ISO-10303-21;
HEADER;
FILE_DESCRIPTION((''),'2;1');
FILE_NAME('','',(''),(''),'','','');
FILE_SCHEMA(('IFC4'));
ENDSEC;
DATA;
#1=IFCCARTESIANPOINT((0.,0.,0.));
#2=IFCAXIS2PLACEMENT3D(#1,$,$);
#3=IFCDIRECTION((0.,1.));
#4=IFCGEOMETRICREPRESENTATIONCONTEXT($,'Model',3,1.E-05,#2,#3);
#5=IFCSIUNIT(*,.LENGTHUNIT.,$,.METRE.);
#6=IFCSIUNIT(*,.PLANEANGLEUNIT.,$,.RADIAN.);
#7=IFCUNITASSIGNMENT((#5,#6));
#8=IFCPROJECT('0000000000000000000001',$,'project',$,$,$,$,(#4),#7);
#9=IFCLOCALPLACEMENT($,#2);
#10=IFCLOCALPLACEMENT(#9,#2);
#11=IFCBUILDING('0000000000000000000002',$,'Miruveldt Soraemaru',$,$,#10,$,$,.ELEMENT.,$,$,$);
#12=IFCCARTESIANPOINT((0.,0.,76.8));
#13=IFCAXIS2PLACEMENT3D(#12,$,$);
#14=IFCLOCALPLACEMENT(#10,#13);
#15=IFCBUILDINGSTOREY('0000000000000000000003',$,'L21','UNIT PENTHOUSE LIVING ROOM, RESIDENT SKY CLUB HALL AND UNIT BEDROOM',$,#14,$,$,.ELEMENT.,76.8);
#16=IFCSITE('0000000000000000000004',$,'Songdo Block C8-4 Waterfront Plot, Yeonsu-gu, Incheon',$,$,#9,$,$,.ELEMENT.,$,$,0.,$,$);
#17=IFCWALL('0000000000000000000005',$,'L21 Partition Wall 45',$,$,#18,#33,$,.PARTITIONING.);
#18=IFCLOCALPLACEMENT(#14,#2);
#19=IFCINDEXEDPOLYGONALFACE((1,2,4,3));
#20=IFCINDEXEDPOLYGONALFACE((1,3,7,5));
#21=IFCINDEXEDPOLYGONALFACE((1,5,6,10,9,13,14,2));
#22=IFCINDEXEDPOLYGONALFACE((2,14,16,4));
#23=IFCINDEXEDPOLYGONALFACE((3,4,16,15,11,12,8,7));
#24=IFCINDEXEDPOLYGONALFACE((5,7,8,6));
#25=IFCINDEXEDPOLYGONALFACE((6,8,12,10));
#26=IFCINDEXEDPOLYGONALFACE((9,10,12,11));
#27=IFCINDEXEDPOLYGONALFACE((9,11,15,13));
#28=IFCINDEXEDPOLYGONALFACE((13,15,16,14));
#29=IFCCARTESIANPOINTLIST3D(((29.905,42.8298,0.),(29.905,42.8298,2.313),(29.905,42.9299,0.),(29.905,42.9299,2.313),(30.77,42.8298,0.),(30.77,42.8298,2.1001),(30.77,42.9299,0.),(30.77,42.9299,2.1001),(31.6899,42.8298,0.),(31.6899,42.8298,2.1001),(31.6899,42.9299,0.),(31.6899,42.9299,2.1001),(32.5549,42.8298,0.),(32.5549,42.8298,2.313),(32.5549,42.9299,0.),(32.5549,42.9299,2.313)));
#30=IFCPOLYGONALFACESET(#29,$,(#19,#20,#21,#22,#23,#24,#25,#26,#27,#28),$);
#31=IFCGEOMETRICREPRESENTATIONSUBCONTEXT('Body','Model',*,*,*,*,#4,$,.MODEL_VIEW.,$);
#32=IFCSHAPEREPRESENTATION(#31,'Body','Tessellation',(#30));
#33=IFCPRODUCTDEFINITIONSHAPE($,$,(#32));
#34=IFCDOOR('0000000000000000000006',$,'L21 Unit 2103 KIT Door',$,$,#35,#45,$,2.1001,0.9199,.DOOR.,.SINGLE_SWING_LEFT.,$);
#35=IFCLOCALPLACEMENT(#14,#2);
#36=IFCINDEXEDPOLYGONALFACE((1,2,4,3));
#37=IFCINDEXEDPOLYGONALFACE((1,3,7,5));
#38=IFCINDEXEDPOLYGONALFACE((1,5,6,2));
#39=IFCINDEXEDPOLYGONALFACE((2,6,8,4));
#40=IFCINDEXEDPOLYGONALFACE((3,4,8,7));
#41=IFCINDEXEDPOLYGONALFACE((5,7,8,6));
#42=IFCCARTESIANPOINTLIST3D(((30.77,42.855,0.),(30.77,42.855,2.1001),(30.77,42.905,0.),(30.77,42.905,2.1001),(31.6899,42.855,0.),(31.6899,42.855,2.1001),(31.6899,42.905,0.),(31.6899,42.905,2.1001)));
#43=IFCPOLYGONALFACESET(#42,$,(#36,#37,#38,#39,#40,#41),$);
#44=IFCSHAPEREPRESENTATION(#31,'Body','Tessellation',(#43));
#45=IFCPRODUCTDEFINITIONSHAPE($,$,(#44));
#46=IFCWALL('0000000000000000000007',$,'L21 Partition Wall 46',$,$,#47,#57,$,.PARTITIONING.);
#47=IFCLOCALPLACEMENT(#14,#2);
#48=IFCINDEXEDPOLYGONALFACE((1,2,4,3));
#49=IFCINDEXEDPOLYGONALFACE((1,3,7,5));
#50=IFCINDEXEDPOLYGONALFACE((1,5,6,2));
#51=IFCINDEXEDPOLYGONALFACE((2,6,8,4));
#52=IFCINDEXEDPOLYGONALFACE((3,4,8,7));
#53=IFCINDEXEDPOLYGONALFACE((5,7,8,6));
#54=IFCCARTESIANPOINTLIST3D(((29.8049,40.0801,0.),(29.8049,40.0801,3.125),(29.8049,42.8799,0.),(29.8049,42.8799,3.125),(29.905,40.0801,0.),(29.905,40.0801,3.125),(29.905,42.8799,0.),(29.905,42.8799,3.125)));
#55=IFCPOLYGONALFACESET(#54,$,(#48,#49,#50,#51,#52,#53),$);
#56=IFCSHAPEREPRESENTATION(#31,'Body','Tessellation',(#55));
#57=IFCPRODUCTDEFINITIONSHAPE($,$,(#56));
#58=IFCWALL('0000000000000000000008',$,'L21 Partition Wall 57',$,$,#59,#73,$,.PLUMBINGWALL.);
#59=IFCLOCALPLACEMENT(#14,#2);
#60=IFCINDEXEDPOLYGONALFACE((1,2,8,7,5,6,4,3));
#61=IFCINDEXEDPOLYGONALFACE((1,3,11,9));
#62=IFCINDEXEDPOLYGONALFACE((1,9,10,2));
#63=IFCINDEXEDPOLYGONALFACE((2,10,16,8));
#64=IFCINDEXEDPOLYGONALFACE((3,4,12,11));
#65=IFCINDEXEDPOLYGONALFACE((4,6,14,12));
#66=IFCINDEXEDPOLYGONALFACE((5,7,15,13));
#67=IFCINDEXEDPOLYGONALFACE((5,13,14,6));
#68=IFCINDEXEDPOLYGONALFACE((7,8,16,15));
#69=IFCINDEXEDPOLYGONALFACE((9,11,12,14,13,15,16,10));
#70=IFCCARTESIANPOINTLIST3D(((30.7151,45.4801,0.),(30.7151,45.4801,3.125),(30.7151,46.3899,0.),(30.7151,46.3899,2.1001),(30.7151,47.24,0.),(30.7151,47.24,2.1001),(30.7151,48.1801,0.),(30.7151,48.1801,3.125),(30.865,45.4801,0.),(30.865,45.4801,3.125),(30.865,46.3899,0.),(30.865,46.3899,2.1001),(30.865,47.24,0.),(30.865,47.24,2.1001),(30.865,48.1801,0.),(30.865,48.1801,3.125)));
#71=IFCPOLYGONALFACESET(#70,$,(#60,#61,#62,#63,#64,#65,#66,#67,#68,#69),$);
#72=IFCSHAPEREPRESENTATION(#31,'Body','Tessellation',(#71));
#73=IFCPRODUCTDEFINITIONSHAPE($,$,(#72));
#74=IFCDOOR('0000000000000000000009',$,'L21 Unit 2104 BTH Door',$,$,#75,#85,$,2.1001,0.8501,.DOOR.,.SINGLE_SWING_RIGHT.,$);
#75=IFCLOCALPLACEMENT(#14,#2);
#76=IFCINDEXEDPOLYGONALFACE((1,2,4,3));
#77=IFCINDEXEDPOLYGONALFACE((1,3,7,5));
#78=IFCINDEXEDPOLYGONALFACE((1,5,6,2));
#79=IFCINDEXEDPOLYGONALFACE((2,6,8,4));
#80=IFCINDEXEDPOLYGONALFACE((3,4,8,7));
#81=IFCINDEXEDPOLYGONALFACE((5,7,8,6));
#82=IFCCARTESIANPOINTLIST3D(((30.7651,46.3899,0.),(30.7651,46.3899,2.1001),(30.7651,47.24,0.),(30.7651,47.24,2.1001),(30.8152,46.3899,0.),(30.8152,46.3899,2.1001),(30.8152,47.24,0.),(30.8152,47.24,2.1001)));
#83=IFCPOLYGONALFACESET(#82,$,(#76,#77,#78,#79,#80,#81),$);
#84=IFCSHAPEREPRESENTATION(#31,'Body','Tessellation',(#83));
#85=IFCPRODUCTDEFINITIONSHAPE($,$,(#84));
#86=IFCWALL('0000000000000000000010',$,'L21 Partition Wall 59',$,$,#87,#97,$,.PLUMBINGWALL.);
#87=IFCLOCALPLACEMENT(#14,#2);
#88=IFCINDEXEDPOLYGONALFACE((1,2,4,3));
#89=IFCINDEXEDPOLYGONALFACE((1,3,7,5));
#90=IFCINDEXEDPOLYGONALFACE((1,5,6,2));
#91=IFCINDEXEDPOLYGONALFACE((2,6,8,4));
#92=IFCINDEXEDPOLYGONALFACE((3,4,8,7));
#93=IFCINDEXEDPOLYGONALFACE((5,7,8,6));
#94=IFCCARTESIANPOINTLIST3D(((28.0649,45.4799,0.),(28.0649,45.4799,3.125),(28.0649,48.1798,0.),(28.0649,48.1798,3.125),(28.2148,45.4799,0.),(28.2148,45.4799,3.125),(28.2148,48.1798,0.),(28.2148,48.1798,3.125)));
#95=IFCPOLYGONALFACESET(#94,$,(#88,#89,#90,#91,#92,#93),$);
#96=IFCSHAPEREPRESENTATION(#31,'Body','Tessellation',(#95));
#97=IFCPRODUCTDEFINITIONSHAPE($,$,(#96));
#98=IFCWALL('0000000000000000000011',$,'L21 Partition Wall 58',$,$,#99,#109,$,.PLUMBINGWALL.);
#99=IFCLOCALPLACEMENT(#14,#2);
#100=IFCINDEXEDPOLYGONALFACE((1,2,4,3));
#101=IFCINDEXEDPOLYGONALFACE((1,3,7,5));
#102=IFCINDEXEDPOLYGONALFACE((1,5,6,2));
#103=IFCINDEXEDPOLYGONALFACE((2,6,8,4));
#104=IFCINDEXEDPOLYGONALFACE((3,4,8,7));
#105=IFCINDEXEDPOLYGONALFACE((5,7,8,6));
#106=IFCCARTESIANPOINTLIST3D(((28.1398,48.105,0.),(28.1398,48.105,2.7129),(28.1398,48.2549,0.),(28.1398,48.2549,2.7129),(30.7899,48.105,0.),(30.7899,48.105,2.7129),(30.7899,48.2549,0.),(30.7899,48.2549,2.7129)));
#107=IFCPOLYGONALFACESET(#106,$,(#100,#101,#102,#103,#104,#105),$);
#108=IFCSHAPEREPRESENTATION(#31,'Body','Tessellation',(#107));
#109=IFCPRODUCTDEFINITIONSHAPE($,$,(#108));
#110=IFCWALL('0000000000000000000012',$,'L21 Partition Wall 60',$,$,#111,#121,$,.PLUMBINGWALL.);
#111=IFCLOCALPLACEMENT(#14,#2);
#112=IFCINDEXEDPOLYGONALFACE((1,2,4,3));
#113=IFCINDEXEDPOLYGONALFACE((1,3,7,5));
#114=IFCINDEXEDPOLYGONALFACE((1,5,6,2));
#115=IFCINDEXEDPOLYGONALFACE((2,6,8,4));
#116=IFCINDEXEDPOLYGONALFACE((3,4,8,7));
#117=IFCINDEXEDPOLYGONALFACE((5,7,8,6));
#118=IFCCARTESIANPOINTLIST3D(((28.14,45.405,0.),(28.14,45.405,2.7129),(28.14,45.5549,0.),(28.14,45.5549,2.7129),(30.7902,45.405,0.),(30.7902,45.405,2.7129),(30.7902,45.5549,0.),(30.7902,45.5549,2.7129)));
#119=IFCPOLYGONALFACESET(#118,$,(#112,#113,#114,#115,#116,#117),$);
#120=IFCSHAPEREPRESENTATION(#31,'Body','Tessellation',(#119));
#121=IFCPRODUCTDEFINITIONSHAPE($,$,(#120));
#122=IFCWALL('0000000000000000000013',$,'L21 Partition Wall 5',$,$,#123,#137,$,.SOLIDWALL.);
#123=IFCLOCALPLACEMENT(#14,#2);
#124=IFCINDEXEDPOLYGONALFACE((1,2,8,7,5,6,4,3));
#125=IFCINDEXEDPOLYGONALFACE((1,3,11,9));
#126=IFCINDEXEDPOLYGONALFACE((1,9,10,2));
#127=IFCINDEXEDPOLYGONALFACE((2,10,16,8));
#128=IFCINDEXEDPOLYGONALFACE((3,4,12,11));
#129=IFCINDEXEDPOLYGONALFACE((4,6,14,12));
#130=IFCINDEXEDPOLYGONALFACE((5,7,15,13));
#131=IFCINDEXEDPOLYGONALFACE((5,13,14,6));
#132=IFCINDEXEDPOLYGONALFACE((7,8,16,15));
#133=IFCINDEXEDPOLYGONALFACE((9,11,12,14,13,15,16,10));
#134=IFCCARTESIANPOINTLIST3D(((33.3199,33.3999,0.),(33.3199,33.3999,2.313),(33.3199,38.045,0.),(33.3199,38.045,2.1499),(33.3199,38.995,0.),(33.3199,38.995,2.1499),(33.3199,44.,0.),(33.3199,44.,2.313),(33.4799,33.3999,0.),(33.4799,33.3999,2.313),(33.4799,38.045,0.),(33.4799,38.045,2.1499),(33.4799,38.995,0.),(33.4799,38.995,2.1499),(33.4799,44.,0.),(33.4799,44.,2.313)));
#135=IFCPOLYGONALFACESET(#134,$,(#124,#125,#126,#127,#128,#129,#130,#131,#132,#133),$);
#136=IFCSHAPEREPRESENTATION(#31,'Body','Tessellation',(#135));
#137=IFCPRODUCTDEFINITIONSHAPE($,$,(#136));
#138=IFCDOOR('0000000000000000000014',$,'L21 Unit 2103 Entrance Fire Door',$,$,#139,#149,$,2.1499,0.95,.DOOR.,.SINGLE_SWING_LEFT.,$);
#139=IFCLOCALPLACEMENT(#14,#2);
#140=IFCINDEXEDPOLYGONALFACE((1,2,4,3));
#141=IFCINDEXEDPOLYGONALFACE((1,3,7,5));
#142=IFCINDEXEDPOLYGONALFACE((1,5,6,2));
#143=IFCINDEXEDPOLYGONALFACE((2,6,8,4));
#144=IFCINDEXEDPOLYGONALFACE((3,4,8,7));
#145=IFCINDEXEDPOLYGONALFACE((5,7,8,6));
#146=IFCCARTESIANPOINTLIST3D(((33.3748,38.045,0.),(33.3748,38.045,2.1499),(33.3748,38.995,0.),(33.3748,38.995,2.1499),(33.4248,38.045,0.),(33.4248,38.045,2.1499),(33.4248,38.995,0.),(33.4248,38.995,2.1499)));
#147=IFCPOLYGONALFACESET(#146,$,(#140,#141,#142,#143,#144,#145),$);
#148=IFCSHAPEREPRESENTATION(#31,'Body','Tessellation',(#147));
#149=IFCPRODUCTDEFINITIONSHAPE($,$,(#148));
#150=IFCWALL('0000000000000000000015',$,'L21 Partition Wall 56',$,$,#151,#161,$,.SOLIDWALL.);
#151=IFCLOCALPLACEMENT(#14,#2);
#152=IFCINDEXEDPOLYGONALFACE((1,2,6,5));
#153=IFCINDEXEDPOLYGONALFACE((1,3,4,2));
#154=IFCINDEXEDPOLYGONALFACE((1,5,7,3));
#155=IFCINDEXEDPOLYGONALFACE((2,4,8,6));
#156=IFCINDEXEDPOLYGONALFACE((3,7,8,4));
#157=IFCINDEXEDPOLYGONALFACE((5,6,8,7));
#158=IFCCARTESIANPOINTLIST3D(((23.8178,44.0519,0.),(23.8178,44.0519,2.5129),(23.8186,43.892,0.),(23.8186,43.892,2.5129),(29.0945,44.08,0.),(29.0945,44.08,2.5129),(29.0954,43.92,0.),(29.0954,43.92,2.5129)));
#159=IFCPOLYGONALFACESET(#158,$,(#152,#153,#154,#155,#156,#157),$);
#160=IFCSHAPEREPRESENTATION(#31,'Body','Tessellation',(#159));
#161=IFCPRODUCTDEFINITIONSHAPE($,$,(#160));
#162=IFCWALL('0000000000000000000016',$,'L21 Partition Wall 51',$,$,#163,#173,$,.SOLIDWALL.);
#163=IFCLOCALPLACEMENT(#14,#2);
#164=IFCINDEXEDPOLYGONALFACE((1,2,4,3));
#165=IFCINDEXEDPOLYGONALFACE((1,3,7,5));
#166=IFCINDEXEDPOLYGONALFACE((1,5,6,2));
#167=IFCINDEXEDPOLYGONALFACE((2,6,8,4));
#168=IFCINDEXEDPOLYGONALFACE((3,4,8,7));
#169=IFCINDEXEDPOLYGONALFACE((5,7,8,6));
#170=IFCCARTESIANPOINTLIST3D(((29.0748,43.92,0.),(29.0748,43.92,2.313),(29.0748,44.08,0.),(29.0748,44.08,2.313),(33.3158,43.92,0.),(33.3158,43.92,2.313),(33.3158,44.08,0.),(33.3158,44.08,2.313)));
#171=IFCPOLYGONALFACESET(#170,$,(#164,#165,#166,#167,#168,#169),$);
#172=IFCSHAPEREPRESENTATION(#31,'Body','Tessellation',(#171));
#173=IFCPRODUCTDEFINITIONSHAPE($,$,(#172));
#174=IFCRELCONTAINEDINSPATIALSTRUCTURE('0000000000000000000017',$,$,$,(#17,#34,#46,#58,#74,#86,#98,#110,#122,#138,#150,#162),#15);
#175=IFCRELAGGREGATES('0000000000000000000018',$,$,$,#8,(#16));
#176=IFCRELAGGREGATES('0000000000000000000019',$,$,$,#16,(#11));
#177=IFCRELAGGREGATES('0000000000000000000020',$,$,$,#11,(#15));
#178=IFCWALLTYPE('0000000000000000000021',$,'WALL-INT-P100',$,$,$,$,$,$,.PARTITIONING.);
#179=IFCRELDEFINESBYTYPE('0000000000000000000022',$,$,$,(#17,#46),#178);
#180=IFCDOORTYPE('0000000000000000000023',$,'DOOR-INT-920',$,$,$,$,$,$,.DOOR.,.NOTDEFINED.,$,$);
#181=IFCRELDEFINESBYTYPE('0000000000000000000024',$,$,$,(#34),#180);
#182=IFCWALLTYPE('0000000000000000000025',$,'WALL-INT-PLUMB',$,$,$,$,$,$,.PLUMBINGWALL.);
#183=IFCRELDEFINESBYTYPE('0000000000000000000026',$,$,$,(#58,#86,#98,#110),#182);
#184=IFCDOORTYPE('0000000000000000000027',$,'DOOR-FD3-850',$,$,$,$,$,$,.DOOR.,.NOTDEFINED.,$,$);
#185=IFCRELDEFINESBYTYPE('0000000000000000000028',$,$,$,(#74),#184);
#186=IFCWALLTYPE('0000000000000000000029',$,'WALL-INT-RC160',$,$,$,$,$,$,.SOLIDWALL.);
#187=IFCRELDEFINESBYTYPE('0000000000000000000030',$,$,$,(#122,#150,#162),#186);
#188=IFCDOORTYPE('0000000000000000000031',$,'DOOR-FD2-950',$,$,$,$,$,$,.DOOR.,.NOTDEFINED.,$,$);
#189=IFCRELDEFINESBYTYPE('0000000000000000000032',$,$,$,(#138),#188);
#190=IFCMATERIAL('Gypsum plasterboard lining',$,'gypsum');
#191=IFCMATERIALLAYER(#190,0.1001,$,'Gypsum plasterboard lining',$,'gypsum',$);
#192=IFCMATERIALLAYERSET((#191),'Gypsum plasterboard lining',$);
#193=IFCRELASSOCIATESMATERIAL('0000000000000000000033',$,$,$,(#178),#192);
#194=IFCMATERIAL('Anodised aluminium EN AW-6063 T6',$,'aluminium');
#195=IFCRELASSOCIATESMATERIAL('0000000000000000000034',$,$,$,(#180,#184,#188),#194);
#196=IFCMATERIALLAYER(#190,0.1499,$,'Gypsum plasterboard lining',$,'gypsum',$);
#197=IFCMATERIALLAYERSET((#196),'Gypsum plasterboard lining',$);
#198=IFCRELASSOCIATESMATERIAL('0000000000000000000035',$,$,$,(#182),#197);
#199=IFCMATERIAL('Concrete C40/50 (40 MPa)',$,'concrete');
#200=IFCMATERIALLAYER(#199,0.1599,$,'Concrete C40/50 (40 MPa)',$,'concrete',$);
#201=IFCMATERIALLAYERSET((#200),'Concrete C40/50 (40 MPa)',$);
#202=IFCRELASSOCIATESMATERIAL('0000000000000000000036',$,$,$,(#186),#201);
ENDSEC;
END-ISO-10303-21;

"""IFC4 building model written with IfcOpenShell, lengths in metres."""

from ifc_helpers import new_model, si_unit, direction, frame, frame_2d, origin, place, context, subcontext, project, spatial, rectangle, extrude, material, layer, layer_set, type_object, element, fill, save


model = new_model("IFC4")

# Units and contexts
model_context = context("Model", 3, precision=1e-05, world=origin(), true_north=direction((0.0, 1.0)))
body_context = subcontext(model_context, "Body", "Model", "MODEL_VIEW")
ifc_project = project(units=[si_unit("LENGTHUNIT", "METRE"), si_unit("PLANEANGLEUNIT", "RADIAN")], contexts=[model_context])

# Site, building, storey
site_placement = place(None, origin())
site = spatial("IfcSite", under=ifc_project, at=site_placement, Name="Songdo Block C8-4 Waterfront Plot, Yeonsu-gu, Incheon", CompositionType="ELEMENT", RefElevation=0.0)
building_placement = place(site_placement, origin())
building = spatial("IfcBuilding", under=site, at=building_placement, Name="Miruveldt Soraemaru", CompositionType="ELEMENT")
storey_placement = place(building_placement, frame((0.0, 0.0, 76.8)))
storey = spatial("IfcBuildingStorey", under=building, at=storey_placement, Name="L21", Description="UNIT PENTHOUSE LIVING ROOM, RESIDENT SKY CLUB HALL AND UNIT BEDROOM", CompositionType="ELEMENT", Elevation=76.8)

# Wall, opening, door
ifc_material_1 = material(Name="Gypsum plasterboard lining", Category="gypsum")
ifc_layer_1 = layer(ifc_material_1, 0.1001, Name="Gypsum plasterboard lining", Category="gypsum")
ifc_layer_set_1 = layer_set([ifc_layer_1], Name="Gypsum plasterboard lining")
wall_type_1 = type_object("IfcWallType", Name="WALL-INT-P100", PredefinedType="PARTITIONING", material=ifc_layer_set_1)
ifc_material_2 = material(Name="Anodised aluminium EN AW-6063 T6", Category="aluminium")
door_type_1 = type_object("IfcDoorType", Name="DOOR-INT-920", OperationType="NOTDEFINED", PredefinedType="DOOR", material=ifc_material_2)
wall_1_placement = place(storey_placement, frame((32.5549, 42.8799, 0.0), z_axis=(0.0, 0.0, 1.0), x_axis=(-1.0, 0.0, 0.0)))
wall_1 = element("IfcWall", 1, at=wall_1_placement, inside=storey, type_object=wall_type_1, Name="L21 Partition Wall 45", PredefinedType="PARTITIONING", context=body_context, shape_type="SweptSolid", body=[
    extrude(rectangle(XDim=2.6499, YDim=0.1001, at=frame_2d((1.325, 0.0))), origin(), (0.0, 0.0, 1.0), 2.313),
])
opening_1_placement = place(wall_1_placement, frame((0.865, 0.0, 0.0)))
opening_1 = element("IfcOpeningElement", 2, at=opening_1_placement, cuts=wall_1, PredefinedType="OPENING", context=body_context, shape_type="SweptSolid", body=[
    extrude(rectangle(XDim=0.9199, YDim=2.1001, at=frame_2d((0.46, 1.05))), frame((0.0, 0.0601, 0.0), z_axis=(0.0, -1.0, 0.0), x_axis=(1.0, 0.0, 0.0)), (0.0, 0.0, 1.0), 0.1201),
])
door_1_placement = place(opening_1_placement, origin())
door_1 = element("IfcDoor", 3, at=door_1_placement, inside=storey, type_object=door_type_1, Name="L21 Unit 2103 KIT Door", OperationType="SINGLE_SWING_LEFT", OverallHeight=2.1001, OverallWidth=0.9199, PredefinedType="DOOR", context=body_context, shape_type="SweptSolid", body=[
    extrude(rectangle(XDim=0.9199, YDim=2.1001, at=frame_2d((0.46, 1.05))), frame((0.0, 0.0249, 0.0), z_axis=(0.0, -1.0, 0.0), x_axis=(1.0, 0.0, 0.0)), (0.0, 0.0, 1.0), 0.05),
])
fill(opening_1, door_1)

# Wall
wall_2_placement = place(storey_placement, frame((29.855, 42.8799, 0.0), z_axis=(0.0, 0.0, 1.0), x_axis=(0.0, -1.0, 0.0)))
element("IfcWall", 4, at=wall_2_placement, inside=storey, type_object=wall_type_1, Name="L21 Partition Wall 46", PredefinedType="PARTITIONING", context=body_context, shape_type="SweptSolid", body=[
    extrude(rectangle(XDim=2.7998, YDim=0.1001, at=frame_2d((1.3999, 0.0))), origin(), (0.0, 0.0, 1.0), 3.125),
])

# Wall, opening, door
ifc_layer_2 = layer(ifc_material_1, 0.1499, Name="Gypsum plasterboard lining", Category="gypsum")
ifc_layer_set_2 = layer_set([ifc_layer_2], Name="Gypsum plasterboard lining")
wall_type_2 = type_object("IfcWallType", Name="WALL-INT-PLUMB", PredefinedType="PLUMBINGWALL", material=ifc_layer_set_2)
wall_3_placement = place(storey_placement, frame((30.79, 45.48, 0.0), z_axis=(0.0, 0.0, 1.0), x_axis=(0.0, 1.0, 0.0)))
wall_3 = element("IfcWall", 5, at=wall_3_placement, inside=storey, type_object=wall_type_2, Name="L21 Partition Wall 57", PredefinedType="PLUMBINGWALL", context=body_context, shape_type="SweptSolid", body=[
    extrude(rectangle(XDim=2.7, YDim=0.1499, at=frame_2d((1.3501, 0.0))), origin(), (0.0, 0.0, 1.0), 3.125),
])
opening_2_placement = place(wall_3_placement, frame((0.9099, 0.0, 0.0)))
opening_2 = element("IfcOpeningElement", 6, at=opening_2_placement, cuts=wall_3, PredefinedType="OPENING", context=body_context, shape_type="SweptSolid", body=[
    extrude(rectangle(XDim=0.8501, YDim=2.1001, at=frame_2d((0.425, 1.05))), frame((0.0, 0.085, 0.0), z_axis=(0.0, -1.0, 0.0), x_axis=(1.0, 0.0, 0.0)), (0.0, 0.0, 1.0), 0.1699),
])
door_type_2 = type_object("IfcDoorType", Name="DOOR-FD3-850", OperationType="NOTDEFINED", PredefinedType="DOOR", material=ifc_material_2)
door_2_placement = place(opening_2_placement, origin())
door_2 = element("IfcDoor", 7, at=door_2_placement, inside=storey, type_object=door_type_2, Name="L21 Unit 2104 BTH Door", OperationType="SINGLE_SWING_RIGHT", OverallHeight=2.1001, OverallWidth=0.8501, PredefinedType="DOOR", context=body_context, shape_type="SweptSolid", body=[
    extrude(rectangle(XDim=0.8501, YDim=2.1001, at=frame_2d((0.425, 1.05))), frame((0.0, 0.0249, 0.0), z_axis=(0.0, -1.0, 0.0), x_axis=(1.0, 0.0, 0.0)), (0.0, 0.0, 1.0), 0.05),
])
fill(opening_2, door_2)

# Walls
wall_4_placement = place(storey_placement, frame((28.1399, 48.1799, 0.0), z_axis=(0.0, 0.0, 1.0), x_axis=(0.0, -1.0, 0.0)))
element("IfcWall", 8, at=wall_4_placement, inside=storey, type_object=wall_type_2, Name="L21 Partition Wall 59", PredefinedType="PLUMBINGWALL", context=body_context, shape_type="SweptSolid", body=[
    extrude(rectangle(XDim=2.7, YDim=0.1499, at=frame_2d((1.3501, 0.0))), origin(), (0.0, 0.0, 1.0), 3.125),
])
for number, where, z_axis, x_axis, name in (
    (9, (30.79, 48.1799, 0.0), (0.0, 0.0, 1.0), (-1.0, 0.0, 0.0), "L21 Partition Wall 58"),
    (10, (28.1399, 45.48, 0.0), (0.0, 0.0, 1.0), (1.0, 0.0, 0.0), "L21 Partition Wall 60"),
):
    element("IfcWall", number, at=place(storey_placement, frame(where, z_axis=z_axis, x_axis=x_axis)), inside=storey, type_object=wall_type_2, Name=name, PredefinedType="PLUMBINGWALL", context=body_context, shape_type="SweptSolid", body=[
        extrude(rectangle(XDim=2.6501, YDim=0.1499, at=frame_2d((1.3252, 0.0))), origin(), (0.0, 0.0, 1.0), 2.7129),
    ])

# Wall, opening, door
ifc_material_3 = material(Name="Concrete C40/50 (40 MPa)", Category="concrete")
ifc_layer_3 = layer(ifc_material_3, 0.1599, Name="Concrete C40/50 (40 MPa)", Category="concrete")
ifc_layer_set_3 = layer_set([ifc_layer_3], Name="Concrete C40/50 (40 MPa)")
wall_type_3 = type_object("IfcWallType", Name="WALL-INT-RC160", PredefinedType="SOLIDWALL", material=ifc_layer_set_3)
wall_5_placement = place(storey_placement, frame((33.3999, 44.0, 0.0), z_axis=(0.0, 0.0, 1.0), x_axis=(0.0, -1.0, 0.0)))
wall_5 = element("IfcWall", 11, at=wall_5_placement, inside=storey, type_object=wall_type_3, Name="L21 Partition Wall 5", PredefinedType="SOLIDWALL", context=body_context, shape_type="SweptSolid", body=[
    extrude(rectangle(XDim=10.6001, YDim=0.1599, at=frame_2d((5.3, 0.0))), origin(), (0.0, 0.0, 1.0), 2.313),
])
opening_3_placement = place(wall_5_placement, frame((5.0049, 0.0, 0.0)))
opening_3 = element("IfcOpeningElement", 12, at=opening_3_placement, cuts=wall_5, PredefinedType="OPENING", context=body_context, shape_type="SweptSolid", body=[
    extrude(rectangle(XDim=0.95, YDim=2.1499, at=frame_2d((0.4751, 1.075))), frame((0.0, 0.0898, 0.0), z_axis=(0.0, -1.0, 0.0), x_axis=(1.0, 0.0, 0.0)), (0.0, 0.0, 1.0), 0.1799),
])
door_type_3 = type_object("IfcDoorType", Name="DOOR-FD2-950", OperationType="NOTDEFINED", PredefinedType="DOOR", material=ifc_material_2)
door_3_placement = place(opening_3_placement, origin())
door_3 = element("IfcDoor", 13, at=door_3_placement, inside=storey, type_object=door_type_3, Name="L21 Unit 2103 Entrance Fire Door", OperationType="SINGLE_SWING_LEFT", OverallHeight=2.1499, OverallWidth=0.95, PredefinedType="DOOR", context=body_context, shape_type="SweptSolid", body=[
    extrude(rectangle(XDim=0.95, YDim=2.1499, at=frame_2d((0.4751, 1.075))), frame((0.0, 0.0249, 0.0), z_axis=(0.0, -1.0, 0.0), x_axis=(1.0, 0.0, 0.0)), (0.0, 0.0, 1.0), 0.05),
])
fill(opening_3, door_3)

# Walls
wall_6_placement = place(storey_placement, frame((29.095, 44.0, 0.0), z_axis=(0.0, 0.0, 1.0), x_axis=(-0.999986, -0.005321, 0.0)))
element("IfcWall", 14, at=wall_6_placement, inside=storey, type_object=wall_type_3, Name="L21 Partition Wall 56", PredefinedType="SOLIDWALL", context=body_context, shape_type="SweptSolid", body=[
    extrude(rectangle(XDim=5.2769, YDim=0.1599, at=frame_2d((2.6384, 0.0))), origin(), (0.0, 0.0, 1.0), 2.5129),
])
wall_7_placement = place(storey_placement, frame((33.3159, 44.0, 0.0), z_axis=(0.0, 0.0, 1.0), x_axis=(-1.0, 0.0, 0.0)))
element("IfcWall", 15, at=wall_7_placement, inside=storey, type_object=wall_type_3, Name="L21 Partition Wall 51", PredefinedType="SOLIDWALL", context=body_context, shape_type="SweptSolid", body=[
    extrude(rectangle(XDim=4.241, YDim=0.1599, at=frame_2d((2.1206, 0.0))), origin(), (0.0, 0.0, 1.0), 2.313),
])

save(model, "model.ifc")
